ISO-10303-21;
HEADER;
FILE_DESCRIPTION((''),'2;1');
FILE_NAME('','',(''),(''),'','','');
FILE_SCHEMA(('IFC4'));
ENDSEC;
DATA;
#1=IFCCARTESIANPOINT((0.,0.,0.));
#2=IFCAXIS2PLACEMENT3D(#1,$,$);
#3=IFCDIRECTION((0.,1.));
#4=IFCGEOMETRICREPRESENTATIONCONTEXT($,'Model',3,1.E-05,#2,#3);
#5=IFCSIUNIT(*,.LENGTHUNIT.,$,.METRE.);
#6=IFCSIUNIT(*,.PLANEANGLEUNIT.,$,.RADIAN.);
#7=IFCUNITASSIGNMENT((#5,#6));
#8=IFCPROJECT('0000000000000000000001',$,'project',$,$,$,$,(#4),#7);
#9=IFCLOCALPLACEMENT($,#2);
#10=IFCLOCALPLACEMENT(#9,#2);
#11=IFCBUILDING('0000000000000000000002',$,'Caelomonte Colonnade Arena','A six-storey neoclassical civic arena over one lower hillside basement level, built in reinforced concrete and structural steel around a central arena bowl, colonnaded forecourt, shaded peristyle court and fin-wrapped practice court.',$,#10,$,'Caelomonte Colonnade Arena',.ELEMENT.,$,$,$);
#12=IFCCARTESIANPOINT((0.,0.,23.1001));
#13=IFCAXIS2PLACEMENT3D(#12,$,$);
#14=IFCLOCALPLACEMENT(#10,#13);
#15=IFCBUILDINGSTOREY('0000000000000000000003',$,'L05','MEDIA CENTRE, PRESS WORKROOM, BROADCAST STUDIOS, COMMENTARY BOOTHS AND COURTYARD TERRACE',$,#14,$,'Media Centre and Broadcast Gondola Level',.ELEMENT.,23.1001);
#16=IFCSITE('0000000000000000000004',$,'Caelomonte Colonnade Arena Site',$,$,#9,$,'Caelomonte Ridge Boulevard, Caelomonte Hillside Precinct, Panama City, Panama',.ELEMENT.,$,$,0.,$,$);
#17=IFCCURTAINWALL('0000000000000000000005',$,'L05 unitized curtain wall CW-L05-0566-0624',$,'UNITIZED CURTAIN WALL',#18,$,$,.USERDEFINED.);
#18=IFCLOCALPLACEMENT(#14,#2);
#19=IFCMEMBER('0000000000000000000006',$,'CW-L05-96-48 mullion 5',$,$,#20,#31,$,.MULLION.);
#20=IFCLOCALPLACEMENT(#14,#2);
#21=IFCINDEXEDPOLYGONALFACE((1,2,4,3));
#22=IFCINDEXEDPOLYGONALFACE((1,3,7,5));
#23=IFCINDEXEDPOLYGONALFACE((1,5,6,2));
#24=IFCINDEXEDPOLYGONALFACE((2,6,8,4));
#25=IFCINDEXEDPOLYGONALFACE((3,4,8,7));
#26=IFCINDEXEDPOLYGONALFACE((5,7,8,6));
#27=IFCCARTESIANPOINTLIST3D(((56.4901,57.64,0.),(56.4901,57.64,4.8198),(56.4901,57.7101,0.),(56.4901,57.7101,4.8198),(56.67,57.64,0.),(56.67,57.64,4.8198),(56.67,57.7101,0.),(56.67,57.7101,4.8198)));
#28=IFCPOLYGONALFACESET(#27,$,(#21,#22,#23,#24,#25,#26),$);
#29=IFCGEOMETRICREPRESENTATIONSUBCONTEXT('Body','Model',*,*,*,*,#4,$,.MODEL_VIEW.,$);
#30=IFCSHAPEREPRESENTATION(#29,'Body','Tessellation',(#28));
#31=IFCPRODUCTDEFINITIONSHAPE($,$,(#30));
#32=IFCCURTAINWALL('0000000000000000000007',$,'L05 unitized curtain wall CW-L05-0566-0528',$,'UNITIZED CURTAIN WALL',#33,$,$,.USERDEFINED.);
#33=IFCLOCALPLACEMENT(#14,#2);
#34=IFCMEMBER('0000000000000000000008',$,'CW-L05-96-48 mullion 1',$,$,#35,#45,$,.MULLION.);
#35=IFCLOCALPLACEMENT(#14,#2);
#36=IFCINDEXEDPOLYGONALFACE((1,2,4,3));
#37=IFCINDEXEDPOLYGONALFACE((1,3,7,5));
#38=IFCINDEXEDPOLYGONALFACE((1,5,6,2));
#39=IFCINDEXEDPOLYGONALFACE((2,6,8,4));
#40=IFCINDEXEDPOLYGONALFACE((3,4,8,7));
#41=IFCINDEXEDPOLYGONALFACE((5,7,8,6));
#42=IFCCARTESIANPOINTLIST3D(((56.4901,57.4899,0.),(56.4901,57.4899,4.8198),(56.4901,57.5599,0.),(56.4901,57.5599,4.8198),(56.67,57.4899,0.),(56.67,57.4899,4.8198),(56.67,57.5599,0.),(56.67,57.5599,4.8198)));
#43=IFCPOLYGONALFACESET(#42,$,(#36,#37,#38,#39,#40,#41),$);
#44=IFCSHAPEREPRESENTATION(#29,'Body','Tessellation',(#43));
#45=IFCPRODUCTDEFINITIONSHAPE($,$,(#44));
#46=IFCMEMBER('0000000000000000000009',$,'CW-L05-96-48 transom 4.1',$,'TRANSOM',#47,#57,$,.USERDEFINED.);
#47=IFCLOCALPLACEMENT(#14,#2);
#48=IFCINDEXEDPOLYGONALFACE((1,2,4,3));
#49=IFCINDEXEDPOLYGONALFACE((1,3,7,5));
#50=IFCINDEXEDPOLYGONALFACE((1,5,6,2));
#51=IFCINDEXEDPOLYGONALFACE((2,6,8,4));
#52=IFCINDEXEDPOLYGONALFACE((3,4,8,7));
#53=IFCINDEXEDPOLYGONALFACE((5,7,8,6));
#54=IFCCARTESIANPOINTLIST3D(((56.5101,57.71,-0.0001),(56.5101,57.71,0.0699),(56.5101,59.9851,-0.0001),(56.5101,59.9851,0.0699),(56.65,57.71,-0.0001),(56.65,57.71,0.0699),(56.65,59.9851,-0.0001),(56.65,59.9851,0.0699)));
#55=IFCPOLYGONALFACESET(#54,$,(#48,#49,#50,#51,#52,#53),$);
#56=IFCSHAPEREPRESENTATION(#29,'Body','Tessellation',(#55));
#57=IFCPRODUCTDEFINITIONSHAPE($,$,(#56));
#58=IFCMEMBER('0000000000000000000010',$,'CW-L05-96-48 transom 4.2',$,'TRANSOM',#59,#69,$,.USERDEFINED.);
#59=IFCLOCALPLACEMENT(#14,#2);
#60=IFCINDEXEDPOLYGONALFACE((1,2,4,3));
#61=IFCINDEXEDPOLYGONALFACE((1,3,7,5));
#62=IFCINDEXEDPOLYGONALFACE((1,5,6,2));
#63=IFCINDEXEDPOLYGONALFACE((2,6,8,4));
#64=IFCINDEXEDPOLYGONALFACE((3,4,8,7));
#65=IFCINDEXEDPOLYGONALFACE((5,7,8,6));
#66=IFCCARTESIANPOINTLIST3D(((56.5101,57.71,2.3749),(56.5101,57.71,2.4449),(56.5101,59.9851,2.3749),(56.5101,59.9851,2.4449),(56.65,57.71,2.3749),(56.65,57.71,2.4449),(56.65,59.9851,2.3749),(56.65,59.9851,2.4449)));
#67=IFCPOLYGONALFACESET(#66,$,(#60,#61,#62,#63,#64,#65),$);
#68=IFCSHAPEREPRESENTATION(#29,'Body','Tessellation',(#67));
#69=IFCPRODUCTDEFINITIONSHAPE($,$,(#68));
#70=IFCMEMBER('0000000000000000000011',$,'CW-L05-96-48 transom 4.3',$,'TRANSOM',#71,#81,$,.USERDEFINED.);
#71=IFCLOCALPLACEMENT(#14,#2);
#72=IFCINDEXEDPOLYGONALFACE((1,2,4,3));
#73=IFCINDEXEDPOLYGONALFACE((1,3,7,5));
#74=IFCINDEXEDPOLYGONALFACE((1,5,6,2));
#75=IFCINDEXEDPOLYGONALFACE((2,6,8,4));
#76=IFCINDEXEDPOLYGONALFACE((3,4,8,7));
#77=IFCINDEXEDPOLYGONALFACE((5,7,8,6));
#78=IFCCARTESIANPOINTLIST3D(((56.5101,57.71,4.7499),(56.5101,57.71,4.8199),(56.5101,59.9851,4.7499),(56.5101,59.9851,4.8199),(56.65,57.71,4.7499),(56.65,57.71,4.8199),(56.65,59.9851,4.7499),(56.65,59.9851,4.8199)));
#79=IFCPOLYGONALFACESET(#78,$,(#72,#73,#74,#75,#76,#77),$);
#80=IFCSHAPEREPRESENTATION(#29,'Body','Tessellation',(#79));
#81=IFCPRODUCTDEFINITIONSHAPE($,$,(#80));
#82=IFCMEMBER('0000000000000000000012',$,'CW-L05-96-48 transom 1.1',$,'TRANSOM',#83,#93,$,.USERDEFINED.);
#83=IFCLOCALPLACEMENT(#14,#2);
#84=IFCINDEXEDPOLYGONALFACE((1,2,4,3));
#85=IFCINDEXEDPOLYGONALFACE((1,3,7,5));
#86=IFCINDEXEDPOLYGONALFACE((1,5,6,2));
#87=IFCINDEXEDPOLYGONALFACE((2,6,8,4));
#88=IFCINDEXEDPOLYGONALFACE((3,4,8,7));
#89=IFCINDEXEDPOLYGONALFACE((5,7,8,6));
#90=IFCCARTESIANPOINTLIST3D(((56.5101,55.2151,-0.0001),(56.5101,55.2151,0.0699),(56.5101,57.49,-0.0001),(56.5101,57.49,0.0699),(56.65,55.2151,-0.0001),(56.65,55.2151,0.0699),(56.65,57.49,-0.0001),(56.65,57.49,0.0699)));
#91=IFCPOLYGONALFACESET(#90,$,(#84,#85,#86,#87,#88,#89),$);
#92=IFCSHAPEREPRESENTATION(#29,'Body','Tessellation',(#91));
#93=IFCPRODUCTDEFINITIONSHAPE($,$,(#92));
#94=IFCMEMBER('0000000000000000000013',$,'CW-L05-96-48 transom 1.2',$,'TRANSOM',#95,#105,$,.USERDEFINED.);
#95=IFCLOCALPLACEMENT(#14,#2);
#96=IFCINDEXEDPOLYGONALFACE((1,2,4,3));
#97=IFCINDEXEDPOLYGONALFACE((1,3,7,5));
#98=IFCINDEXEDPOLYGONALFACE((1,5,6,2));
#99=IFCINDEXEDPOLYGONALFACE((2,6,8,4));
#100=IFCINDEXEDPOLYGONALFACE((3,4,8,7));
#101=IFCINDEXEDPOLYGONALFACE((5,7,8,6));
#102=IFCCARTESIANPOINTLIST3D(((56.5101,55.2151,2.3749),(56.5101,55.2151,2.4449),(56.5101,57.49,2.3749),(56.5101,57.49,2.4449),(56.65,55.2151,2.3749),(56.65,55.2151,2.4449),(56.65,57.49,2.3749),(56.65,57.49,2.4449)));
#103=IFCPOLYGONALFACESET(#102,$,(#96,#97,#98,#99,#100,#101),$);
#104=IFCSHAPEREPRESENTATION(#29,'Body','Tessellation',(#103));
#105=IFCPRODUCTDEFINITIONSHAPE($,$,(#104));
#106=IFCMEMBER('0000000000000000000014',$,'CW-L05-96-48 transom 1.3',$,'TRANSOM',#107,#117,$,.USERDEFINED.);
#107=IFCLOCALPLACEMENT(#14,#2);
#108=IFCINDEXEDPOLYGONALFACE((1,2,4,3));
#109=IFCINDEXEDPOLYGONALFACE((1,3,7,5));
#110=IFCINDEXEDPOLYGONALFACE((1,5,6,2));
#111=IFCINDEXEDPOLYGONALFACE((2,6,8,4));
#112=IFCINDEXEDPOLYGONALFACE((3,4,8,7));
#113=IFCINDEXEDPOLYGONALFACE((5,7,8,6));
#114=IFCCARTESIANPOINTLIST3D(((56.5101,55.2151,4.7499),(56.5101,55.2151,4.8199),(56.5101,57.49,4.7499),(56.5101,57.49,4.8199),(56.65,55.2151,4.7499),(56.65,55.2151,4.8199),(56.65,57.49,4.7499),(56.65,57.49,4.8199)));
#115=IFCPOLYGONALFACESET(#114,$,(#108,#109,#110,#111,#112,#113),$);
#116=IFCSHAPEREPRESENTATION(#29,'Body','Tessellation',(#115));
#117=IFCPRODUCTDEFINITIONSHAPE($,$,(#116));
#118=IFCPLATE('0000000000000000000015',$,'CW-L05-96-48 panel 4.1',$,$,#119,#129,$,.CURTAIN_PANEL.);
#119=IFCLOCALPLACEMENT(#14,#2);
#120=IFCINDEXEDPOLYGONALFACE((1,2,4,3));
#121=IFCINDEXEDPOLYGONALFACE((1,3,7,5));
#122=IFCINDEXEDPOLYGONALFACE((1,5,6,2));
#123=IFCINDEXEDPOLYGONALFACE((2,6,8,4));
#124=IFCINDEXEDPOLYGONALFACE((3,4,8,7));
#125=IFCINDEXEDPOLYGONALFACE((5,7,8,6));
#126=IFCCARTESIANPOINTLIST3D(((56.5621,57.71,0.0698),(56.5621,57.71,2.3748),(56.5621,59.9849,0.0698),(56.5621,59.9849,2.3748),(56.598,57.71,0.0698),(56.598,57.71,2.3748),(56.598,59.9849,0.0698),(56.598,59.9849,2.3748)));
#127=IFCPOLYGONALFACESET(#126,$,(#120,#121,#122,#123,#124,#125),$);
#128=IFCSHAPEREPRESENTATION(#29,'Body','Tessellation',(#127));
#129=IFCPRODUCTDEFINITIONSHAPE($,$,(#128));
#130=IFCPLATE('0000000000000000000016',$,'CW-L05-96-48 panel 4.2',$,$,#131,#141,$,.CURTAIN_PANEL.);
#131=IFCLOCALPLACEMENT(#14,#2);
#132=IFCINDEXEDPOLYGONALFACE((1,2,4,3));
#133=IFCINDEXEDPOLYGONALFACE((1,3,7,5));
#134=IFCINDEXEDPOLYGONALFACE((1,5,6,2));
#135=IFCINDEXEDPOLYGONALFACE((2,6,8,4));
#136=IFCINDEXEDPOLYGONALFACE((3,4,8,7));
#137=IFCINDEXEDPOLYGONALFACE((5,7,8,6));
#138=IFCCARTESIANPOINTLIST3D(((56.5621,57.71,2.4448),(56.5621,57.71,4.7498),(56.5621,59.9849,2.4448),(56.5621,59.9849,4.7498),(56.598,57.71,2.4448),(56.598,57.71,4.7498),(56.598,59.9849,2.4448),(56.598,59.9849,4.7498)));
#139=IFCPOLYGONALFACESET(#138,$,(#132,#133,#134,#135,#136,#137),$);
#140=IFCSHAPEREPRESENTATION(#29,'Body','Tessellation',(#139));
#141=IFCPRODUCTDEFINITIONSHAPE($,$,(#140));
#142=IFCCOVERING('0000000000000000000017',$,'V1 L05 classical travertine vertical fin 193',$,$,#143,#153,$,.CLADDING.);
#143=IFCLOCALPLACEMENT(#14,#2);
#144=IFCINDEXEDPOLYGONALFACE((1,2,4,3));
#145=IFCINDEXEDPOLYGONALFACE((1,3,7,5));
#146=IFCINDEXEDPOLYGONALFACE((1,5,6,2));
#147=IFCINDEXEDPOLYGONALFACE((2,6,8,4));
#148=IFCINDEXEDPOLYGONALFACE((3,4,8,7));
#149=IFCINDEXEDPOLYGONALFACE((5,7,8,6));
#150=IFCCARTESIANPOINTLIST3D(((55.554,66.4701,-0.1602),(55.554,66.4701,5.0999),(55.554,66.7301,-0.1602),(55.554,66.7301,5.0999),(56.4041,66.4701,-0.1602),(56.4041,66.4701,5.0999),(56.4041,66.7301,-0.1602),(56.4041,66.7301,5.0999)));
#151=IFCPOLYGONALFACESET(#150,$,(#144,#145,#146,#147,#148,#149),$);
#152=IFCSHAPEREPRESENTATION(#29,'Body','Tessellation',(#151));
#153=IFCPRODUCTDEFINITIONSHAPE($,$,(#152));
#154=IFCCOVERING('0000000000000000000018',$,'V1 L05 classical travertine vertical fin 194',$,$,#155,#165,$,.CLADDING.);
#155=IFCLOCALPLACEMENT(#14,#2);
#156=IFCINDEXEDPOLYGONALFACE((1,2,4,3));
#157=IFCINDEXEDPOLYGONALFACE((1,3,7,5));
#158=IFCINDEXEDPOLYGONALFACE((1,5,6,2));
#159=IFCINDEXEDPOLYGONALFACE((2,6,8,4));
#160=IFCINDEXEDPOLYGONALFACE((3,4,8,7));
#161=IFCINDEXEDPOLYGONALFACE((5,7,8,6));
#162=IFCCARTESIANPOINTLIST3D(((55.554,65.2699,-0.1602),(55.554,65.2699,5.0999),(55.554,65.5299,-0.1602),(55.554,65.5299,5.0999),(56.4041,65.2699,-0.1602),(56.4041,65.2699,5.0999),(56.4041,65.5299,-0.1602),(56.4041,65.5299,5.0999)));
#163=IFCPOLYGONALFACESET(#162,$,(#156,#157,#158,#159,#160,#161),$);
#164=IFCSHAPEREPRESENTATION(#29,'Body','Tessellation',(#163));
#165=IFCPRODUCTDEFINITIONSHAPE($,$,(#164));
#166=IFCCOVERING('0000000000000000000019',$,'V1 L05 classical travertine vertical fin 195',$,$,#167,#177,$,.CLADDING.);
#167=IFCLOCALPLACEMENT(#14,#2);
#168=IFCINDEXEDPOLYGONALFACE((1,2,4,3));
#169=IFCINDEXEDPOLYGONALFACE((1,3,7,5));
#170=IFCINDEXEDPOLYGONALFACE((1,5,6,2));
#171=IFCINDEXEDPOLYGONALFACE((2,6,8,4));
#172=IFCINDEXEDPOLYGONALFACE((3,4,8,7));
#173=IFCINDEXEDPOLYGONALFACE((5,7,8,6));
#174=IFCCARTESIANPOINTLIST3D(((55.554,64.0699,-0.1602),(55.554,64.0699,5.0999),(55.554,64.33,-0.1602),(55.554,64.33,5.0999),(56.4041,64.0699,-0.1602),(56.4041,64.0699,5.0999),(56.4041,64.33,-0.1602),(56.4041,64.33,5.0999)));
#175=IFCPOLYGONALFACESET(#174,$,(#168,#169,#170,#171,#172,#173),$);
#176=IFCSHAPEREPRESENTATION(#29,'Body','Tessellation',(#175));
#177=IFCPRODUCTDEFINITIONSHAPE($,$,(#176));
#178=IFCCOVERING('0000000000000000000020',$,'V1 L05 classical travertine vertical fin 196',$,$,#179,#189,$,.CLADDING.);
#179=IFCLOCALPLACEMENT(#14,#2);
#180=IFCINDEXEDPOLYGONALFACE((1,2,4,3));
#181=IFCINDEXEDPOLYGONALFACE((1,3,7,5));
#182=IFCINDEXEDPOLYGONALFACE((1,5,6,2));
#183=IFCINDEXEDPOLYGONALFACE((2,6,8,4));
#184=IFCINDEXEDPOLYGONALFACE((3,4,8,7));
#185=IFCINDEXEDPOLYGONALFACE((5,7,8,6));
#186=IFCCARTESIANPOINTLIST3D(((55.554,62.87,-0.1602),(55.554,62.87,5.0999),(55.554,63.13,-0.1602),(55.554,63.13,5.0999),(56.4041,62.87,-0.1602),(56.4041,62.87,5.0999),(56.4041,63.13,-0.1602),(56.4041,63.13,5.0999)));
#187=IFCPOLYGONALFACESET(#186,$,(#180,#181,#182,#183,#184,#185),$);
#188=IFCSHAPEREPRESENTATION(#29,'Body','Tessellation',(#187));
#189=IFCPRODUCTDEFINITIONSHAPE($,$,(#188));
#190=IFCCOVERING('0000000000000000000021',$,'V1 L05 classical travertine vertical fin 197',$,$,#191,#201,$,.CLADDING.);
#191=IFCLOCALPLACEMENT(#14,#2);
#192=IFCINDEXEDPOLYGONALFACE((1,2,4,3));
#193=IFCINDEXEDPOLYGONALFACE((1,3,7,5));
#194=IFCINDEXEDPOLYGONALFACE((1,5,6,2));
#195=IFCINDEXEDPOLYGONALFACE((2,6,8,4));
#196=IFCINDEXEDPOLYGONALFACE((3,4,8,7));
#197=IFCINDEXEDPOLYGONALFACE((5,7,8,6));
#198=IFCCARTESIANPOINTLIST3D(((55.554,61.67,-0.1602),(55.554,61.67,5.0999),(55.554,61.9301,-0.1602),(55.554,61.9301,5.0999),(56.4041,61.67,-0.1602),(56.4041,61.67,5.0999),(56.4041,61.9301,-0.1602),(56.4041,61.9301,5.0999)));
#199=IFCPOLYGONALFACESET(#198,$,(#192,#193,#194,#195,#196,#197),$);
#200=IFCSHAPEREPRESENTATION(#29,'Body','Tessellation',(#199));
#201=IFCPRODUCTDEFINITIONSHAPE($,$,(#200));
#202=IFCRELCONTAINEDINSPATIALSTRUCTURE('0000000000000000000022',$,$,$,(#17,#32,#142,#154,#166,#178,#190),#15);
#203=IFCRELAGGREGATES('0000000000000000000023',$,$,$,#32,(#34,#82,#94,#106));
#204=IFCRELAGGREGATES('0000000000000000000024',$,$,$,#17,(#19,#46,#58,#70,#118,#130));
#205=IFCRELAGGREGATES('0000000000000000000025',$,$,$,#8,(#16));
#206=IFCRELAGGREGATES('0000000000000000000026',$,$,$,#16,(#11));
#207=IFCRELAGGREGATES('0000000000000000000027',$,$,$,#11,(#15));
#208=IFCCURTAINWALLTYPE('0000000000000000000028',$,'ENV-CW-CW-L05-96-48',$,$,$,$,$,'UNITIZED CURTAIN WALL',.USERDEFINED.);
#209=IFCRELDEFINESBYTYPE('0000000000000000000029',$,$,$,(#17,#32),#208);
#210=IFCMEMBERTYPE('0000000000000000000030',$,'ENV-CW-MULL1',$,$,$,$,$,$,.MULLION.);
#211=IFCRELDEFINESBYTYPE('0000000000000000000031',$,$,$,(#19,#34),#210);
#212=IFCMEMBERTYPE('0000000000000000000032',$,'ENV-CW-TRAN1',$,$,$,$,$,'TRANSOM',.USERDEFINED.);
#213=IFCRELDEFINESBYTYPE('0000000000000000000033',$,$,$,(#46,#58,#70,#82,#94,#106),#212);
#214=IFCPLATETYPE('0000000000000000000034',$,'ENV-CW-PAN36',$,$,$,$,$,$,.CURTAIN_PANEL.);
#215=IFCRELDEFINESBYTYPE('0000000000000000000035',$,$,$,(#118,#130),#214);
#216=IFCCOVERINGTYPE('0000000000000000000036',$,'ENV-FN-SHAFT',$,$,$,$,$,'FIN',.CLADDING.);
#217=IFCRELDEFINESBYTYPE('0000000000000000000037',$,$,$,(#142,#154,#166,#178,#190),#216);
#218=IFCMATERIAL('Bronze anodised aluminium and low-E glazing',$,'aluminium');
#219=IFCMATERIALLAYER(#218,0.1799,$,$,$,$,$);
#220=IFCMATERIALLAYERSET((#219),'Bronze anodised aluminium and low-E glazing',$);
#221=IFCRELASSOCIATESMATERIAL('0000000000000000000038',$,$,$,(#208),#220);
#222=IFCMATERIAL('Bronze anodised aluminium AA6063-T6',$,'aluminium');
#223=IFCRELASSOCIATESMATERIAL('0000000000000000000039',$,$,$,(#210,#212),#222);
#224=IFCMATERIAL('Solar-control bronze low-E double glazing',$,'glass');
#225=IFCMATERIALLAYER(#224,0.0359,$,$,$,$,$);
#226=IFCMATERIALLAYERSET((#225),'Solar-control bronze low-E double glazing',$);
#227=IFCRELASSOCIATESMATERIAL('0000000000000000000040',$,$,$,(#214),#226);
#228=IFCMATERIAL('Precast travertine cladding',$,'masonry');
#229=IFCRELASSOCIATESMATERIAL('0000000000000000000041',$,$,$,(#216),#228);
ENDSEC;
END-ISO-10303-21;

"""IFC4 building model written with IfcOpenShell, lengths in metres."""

from ifc_helpers import new_model, si_unit, direction, frame, origin, origin_2d, place, context, subcontext, project, spatial, rectangle, extrude, material, layer, layer_set, material_profile, profile_set, type_object, element, aggregate, save


model = new_model("IFC4")

# Units and contexts
model_context = context("Model", 3, precision=1e-05, world=origin(), true_north=direction((0.0, 1.0)))
body_context = subcontext(model_context, "Body", "Model", "MODEL_VIEW")
ifc_project = project(units=[si_unit("LENGTHUNIT", "METRE"), si_unit("PLANEANGLEUNIT", "RADIAN")], contexts=[model_context])

# Site, building, storey
site_placement = place(None, origin())
site = spatial("IfcSite", under=ifc_project, at=site_placement, Name="Caelomonte Colonnade Arena Site", LongName="Caelomonte Ridge Boulevard, Caelomonte Hillside Precinct, Panama City, Panama", CompositionType="ELEMENT", RefElevation=0.0)
building_placement = place(site_placement, origin())
building = spatial("IfcBuilding", under=site, at=building_placement, Name="Caelomonte Colonnade Arena", Description="A six-storey neoclassical civic arena over one lower hillside basement level, built in reinforced concrete and structural steel around a central arena bowl, colonnaded forecourt, shaded peristyle court and fin-wrapped practice court.", LongName="Caelomonte Colonnade Arena", CompositionType="ELEMENT")
storey_placement = place(building_placement, frame((0.0, 0.0, 23.1001)))
storey = spatial("IfcBuildingStorey", under=building, at=storey_placement, Name="L05", Description="MEDIA CENTRE, PRESS WORKROOM, BROADCAST STUDIOS, COMMENTARY BOOTHS AND COURTYARD TERRACE", LongName="Media Centre and Broadcast Gondola Level", CompositionType="ELEMENT", Elevation=23.1001)

# Curtain walls, members
ifc_material_1 = material(Name="Bronze anodised aluminium and low-E glazing", Category="aluminium")
ifc_layer_1 = layer(ifc_material_1, 0.1799)
ifc_layer_set_1 = layer_set([ifc_layer_1], Name="Bronze anodised aluminium and low-E glazing")
curtain_wall_type = type_object("IfcCurtainWallType", Name="ENV-CW-CW-L05-96-48", ElementType="UNITIZED CURTAIN WALL", PredefinedType="USERDEFINED", material=ifc_layer_set_1)
curtain_wall_1_placement = place(storey_placement, origin())
curtain_wall_1 = element("IfcCurtainWall", 1, at=curtain_wall_1_placement, inside=storey, type_object=curtain_wall_type, Name="L05 unitized curtain wall CW-L05-0566-0624", ObjectType="UNITIZED CURTAIN WALL", PredefinedType="USERDEFINED")
ifc_material_2 = material(Name="Bronze anodised aluminium AA6063-T6", Category="aluminium")
ifc_material_profile_1 = material_profile(ifc_material_2, rectangle(XDim=0.0701, YDim=0.1799, at=origin_2d()), Name="CWM-70X180")
ifc_profile_set_1 = profile_set([ifc_material_profile_1], Name="Bronze anodised aluminium AA6063-T6")
member_type_1 = type_object("IfcMemberType", Name="ENV-CW-MULL1", PredefinedType="MULLION", material=ifc_profile_set_1)
member_1_placement = place(storey_placement, frame((56.5801, 57.675, 0.0), z_axis=(0.0, 0.0, 1.0), x_axis=(0.0, -1.0, 0.0)))
member_1 = element("IfcMember", 2, at=member_1_placement, type_object=member_type_1, Name="CW-L05-96-48 mullion 5", PredefinedType="MULLION", context=body_context, shape_type="SweptSolid", body=[
    extrude(rectangle(XDim=0.0701, YDim=0.1799, at=origin_2d()), origin(), (0.0, 0.0, 1.0), 4.8198),
])
curtain_wall_2_placement = place(storey_placement, origin())
curtain_wall_2 = element("IfcCurtainWall", 3, at=curtain_wall_2_placement, inside=storey, type_object=curtain_wall_type, Name="L05 unitized curtain wall CW-L05-0566-0528", ObjectType="UNITIZED CURTAIN WALL", PredefinedType="USERDEFINED")
member_2_placement = place(storey_placement, frame((56.5801, 57.5249, 0.0), z_axis=(0.0, 0.0, 1.0), x_axis=(0.0, -1.0, 0.0)))
member_2 = element("IfcMember", 4, at=member_2_placement, type_object=member_type_1, Name="CW-L05-96-48 mullion 1", PredefinedType="MULLION", context=body_context, shape_type="SweptSolid", body=[
    extrude(rectangle(XDim=0.0701, YDim=0.1799, at=origin_2d()), origin(), (0.0, 0.0, 1.0), 4.8198),
])

# Members
ifc_material_profile_2 = material_profile(ifc_material_2, rectangle(XDim=0.0701, YDim=0.1399, at=origin_2d()), Name="CWT-70X140")
ifc_profile_set_2 = profile_set([ifc_material_profile_2], Name="Bronze anodised aluminium AA6063-T6")
member_type_2 = type_object("IfcMemberType", Name="ENV-CW-TRAN1", ElementType="TRANSOM", PredefinedType="USERDEFINED", material=ifc_profile_set_2)
member_3_placement = place(storey_placement, frame((56.5801, 59.9851, 0.0349), z_axis=(0.0, -1.0, 0.0), x_axis=(0.0, 0.0, 1.0)))
member_3 = element("IfcMember", 5, at=member_3_placement, type_object=member_type_2, Name="CW-L05-96-48 transom 4.1", ObjectType="TRANSOM", PredefinedType="USERDEFINED", context=body_context, shape_type="SweptSolid", body=[
    extrude(rectangle(XDim=0.0701, YDim=0.1399, at=origin_2d()), origin(), (0.0, 0.0, 1.0), 2.2751),
])
member_4_placement = place(storey_placement, frame((56.5801, 59.9851, 2.4099), z_axis=(0.0, -1.0, 0.0), x_axis=(0.0, 0.0, 1.0)))
member_4 = element("IfcMember", 6, at=member_4_placement, type_object=member_type_2, Name="CW-L05-96-48 transom 4.2", ObjectType="TRANSOM", PredefinedType="USERDEFINED", context=body_context, shape_type="SweptSolid", body=[
    extrude(rectangle(XDim=0.0701, YDim=0.1399, at=origin_2d()), origin(), (0.0, 0.0, 1.0), 2.2751),
])
member_5_placement = place(storey_placement, frame((56.5801, 59.9851, 4.7849), z_axis=(0.0, -1.0, 0.0), x_axis=(0.0, 0.0, 1.0)))
member_5 = element("IfcMember", 7, at=member_5_placement, type_object=member_type_2, Name="CW-L05-96-48 transom 4.3", ObjectType="TRANSOM", PredefinedType="USERDEFINED", context=body_context, shape_type="SweptSolid", body=[
    extrude(rectangle(XDim=0.0701, YDim=0.1399, at=origin_2d()), origin(), (0.0, 0.0, 1.0), 2.2751),
])
member_6_placement = place(storey_placement, frame((56.5801, 57.49, 0.0349), z_axis=(0.0, -1.0, 0.0), x_axis=(0.0, 0.0, 1.0)))
member_6 = element("IfcMember", 8, at=member_6_placement, type_object=member_type_2, Name="CW-L05-96-48 transom 1.1", ObjectType="TRANSOM", PredefinedType="USERDEFINED", context=body_context, shape_type="SweptSolid", body=[
    extrude(rectangle(XDim=0.0701, YDim=0.1399, at=origin_2d()), origin(), (0.0, 0.0, 1.0), 2.2749),
])
member_7_placement = place(storey_placement, frame((56.5801, 57.49, 2.4099), z_axis=(0.0, -1.0, 0.0), x_axis=(0.0, 0.0, 1.0)))
member_7 = element("IfcMember", 9, at=member_7_placement, type_object=member_type_2, Name="CW-L05-96-48 transom 1.2", ObjectType="TRANSOM", PredefinedType="USERDEFINED", context=body_context, shape_type="SweptSolid", body=[
    extrude(rectangle(XDim=0.0701, YDim=0.1399, at=origin_2d()), origin(), (0.0, 0.0, 1.0), 2.2749),
])
member_8_placement = place(storey_placement, frame((56.5801, 57.49, 4.7849), z_axis=(0.0, -1.0, 0.0), x_axis=(0.0, 0.0, 1.0)))
member_8 = element("IfcMember", 10, at=member_8_placement, type_object=member_type_2, Name="CW-L05-96-48 transom 1.3", ObjectType="TRANSOM", PredefinedType="USERDEFINED", context=body_context, shape_type="SweptSolid", body=[
    extrude(rectangle(XDim=0.0701, YDim=0.1399, at=origin_2d()), origin(), (0.0, 0.0, 1.0), 2.2749),
])
aggregate(curtain_wall_2, [member_2, member_6, member_7, member_8])

# Plates
ifc_material_3 = material(Name="Solar-control bronze low-E double glazing", Category="glass")
ifc_layer_2 = layer(ifc_material_3, 0.0359)
ifc_layer_set_2 = layer_set([ifc_layer_2], Name="Solar-control bronze low-E double glazing")
plate_type = type_object("IfcPlateType", Name="ENV-CW-PAN36", PredefinedType="CURTAIN_PANEL", material=ifc_layer_set_2)
plate_1_placement = place(storey_placement, frame((56.5801, 58.8474, 0.0698), z_axis=(0.0, 0.0, 1.0), x_axis=(0.0, -1.0, 0.0)))
plate_1 = element("IfcPlate", 11, at=plate_1_placement, type_object=plate_type, Name="CW-L05-96-48 panel 4.1", PredefinedType="CURTAIN_PANEL", context=body_context, shape_type="SweptSolid", body=[
    extrude(rectangle(XDim=2.2749, YDim=0.0359, at=origin_2d()), origin(), (0.0, 0.0, 1.0), 2.3049),
])
plate_2_placement = place(storey_placement, frame((56.5801, 58.8474, 2.4448), z_axis=(0.0, 0.0, 1.0), x_axis=(0.0, -1.0, 0.0)))
plate_2 = element("IfcPlate", 12, at=plate_2_placement, type_object=plate_type, Name="CW-L05-96-48 panel 4.2", PredefinedType="CURTAIN_PANEL", context=body_context, shape_type="SweptSolid", body=[
    extrude(rectangle(XDim=2.2749, YDim=0.0359, at=origin_2d()), origin(), (0.0, 0.0, 1.0), 2.3049),
])
aggregate(curtain_wall_1, [member_1, member_3, member_4, member_5, plate_1, plate_2])

# Coverings
ifc_material_4 = material(Name="Precast travertine cladding", Category="masonry")
ifc_material_profile_3 = material_profile(ifc_material_4, rectangle(XDim=0.26, YDim=0.8501, at=origin_2d()), Name="FIN260X850")
ifc_profile_set_3 = profile_set([ifc_material_profile_3], Name="Precast travertine cladding")
covering_type = type_object("IfcCoveringType", Name="ENV-FN-SHAFT", ElementType="FIN", PredefinedType="CLADDING", material=ifc_profile_set_3)
for number, where, z_axis, x_axis, name in (
    (13, (55.979, 66.6001, -0.1602), (0.0, 0.0, 1.0), (0.0, 1.0, 0.0), "V1 L05 classical travertine vertical fin 193"),
    (14, (55.979, 65.3999, -0.1602), (0.0, 0.0, 1.0), (0.0, 1.0, 0.0), "V1 L05 classical travertine vertical fin 194"),
    (15, (55.979, 64.2, -0.1602), (0.0, 0.0, 1.0), (0.0, 1.0, 0.0), "V1 L05 classical travertine vertical fin 195"),
    (16, (55.979, 63.0, -0.1602), (0.0, 0.0, 1.0), (0.0, 1.0, 0.0), "V1 L05 classical travertine vertical fin 196"),
    (17, (55.979, 61.8, -0.1602), (0.0, 0.0, 1.0), (0.0, 1.0, 0.0), "V1 L05 classical travertine vertical fin 197"),
):
    element("IfcCovering", number, at=place(storey_placement, frame(where, z_axis=z_axis, x_axis=x_axis)), inside=storey, type_object=covering_type, Name=name, PredefinedType="CLADDING", context=body_context, shape_type="SweptSolid", body=[
        extrude(rectangle(XDim=0.26, YDim=0.8501, at=origin_2d()), origin(), (0.0, 0.0, 1.0), 5.26),
    ])

save(model, "model.ifc")
